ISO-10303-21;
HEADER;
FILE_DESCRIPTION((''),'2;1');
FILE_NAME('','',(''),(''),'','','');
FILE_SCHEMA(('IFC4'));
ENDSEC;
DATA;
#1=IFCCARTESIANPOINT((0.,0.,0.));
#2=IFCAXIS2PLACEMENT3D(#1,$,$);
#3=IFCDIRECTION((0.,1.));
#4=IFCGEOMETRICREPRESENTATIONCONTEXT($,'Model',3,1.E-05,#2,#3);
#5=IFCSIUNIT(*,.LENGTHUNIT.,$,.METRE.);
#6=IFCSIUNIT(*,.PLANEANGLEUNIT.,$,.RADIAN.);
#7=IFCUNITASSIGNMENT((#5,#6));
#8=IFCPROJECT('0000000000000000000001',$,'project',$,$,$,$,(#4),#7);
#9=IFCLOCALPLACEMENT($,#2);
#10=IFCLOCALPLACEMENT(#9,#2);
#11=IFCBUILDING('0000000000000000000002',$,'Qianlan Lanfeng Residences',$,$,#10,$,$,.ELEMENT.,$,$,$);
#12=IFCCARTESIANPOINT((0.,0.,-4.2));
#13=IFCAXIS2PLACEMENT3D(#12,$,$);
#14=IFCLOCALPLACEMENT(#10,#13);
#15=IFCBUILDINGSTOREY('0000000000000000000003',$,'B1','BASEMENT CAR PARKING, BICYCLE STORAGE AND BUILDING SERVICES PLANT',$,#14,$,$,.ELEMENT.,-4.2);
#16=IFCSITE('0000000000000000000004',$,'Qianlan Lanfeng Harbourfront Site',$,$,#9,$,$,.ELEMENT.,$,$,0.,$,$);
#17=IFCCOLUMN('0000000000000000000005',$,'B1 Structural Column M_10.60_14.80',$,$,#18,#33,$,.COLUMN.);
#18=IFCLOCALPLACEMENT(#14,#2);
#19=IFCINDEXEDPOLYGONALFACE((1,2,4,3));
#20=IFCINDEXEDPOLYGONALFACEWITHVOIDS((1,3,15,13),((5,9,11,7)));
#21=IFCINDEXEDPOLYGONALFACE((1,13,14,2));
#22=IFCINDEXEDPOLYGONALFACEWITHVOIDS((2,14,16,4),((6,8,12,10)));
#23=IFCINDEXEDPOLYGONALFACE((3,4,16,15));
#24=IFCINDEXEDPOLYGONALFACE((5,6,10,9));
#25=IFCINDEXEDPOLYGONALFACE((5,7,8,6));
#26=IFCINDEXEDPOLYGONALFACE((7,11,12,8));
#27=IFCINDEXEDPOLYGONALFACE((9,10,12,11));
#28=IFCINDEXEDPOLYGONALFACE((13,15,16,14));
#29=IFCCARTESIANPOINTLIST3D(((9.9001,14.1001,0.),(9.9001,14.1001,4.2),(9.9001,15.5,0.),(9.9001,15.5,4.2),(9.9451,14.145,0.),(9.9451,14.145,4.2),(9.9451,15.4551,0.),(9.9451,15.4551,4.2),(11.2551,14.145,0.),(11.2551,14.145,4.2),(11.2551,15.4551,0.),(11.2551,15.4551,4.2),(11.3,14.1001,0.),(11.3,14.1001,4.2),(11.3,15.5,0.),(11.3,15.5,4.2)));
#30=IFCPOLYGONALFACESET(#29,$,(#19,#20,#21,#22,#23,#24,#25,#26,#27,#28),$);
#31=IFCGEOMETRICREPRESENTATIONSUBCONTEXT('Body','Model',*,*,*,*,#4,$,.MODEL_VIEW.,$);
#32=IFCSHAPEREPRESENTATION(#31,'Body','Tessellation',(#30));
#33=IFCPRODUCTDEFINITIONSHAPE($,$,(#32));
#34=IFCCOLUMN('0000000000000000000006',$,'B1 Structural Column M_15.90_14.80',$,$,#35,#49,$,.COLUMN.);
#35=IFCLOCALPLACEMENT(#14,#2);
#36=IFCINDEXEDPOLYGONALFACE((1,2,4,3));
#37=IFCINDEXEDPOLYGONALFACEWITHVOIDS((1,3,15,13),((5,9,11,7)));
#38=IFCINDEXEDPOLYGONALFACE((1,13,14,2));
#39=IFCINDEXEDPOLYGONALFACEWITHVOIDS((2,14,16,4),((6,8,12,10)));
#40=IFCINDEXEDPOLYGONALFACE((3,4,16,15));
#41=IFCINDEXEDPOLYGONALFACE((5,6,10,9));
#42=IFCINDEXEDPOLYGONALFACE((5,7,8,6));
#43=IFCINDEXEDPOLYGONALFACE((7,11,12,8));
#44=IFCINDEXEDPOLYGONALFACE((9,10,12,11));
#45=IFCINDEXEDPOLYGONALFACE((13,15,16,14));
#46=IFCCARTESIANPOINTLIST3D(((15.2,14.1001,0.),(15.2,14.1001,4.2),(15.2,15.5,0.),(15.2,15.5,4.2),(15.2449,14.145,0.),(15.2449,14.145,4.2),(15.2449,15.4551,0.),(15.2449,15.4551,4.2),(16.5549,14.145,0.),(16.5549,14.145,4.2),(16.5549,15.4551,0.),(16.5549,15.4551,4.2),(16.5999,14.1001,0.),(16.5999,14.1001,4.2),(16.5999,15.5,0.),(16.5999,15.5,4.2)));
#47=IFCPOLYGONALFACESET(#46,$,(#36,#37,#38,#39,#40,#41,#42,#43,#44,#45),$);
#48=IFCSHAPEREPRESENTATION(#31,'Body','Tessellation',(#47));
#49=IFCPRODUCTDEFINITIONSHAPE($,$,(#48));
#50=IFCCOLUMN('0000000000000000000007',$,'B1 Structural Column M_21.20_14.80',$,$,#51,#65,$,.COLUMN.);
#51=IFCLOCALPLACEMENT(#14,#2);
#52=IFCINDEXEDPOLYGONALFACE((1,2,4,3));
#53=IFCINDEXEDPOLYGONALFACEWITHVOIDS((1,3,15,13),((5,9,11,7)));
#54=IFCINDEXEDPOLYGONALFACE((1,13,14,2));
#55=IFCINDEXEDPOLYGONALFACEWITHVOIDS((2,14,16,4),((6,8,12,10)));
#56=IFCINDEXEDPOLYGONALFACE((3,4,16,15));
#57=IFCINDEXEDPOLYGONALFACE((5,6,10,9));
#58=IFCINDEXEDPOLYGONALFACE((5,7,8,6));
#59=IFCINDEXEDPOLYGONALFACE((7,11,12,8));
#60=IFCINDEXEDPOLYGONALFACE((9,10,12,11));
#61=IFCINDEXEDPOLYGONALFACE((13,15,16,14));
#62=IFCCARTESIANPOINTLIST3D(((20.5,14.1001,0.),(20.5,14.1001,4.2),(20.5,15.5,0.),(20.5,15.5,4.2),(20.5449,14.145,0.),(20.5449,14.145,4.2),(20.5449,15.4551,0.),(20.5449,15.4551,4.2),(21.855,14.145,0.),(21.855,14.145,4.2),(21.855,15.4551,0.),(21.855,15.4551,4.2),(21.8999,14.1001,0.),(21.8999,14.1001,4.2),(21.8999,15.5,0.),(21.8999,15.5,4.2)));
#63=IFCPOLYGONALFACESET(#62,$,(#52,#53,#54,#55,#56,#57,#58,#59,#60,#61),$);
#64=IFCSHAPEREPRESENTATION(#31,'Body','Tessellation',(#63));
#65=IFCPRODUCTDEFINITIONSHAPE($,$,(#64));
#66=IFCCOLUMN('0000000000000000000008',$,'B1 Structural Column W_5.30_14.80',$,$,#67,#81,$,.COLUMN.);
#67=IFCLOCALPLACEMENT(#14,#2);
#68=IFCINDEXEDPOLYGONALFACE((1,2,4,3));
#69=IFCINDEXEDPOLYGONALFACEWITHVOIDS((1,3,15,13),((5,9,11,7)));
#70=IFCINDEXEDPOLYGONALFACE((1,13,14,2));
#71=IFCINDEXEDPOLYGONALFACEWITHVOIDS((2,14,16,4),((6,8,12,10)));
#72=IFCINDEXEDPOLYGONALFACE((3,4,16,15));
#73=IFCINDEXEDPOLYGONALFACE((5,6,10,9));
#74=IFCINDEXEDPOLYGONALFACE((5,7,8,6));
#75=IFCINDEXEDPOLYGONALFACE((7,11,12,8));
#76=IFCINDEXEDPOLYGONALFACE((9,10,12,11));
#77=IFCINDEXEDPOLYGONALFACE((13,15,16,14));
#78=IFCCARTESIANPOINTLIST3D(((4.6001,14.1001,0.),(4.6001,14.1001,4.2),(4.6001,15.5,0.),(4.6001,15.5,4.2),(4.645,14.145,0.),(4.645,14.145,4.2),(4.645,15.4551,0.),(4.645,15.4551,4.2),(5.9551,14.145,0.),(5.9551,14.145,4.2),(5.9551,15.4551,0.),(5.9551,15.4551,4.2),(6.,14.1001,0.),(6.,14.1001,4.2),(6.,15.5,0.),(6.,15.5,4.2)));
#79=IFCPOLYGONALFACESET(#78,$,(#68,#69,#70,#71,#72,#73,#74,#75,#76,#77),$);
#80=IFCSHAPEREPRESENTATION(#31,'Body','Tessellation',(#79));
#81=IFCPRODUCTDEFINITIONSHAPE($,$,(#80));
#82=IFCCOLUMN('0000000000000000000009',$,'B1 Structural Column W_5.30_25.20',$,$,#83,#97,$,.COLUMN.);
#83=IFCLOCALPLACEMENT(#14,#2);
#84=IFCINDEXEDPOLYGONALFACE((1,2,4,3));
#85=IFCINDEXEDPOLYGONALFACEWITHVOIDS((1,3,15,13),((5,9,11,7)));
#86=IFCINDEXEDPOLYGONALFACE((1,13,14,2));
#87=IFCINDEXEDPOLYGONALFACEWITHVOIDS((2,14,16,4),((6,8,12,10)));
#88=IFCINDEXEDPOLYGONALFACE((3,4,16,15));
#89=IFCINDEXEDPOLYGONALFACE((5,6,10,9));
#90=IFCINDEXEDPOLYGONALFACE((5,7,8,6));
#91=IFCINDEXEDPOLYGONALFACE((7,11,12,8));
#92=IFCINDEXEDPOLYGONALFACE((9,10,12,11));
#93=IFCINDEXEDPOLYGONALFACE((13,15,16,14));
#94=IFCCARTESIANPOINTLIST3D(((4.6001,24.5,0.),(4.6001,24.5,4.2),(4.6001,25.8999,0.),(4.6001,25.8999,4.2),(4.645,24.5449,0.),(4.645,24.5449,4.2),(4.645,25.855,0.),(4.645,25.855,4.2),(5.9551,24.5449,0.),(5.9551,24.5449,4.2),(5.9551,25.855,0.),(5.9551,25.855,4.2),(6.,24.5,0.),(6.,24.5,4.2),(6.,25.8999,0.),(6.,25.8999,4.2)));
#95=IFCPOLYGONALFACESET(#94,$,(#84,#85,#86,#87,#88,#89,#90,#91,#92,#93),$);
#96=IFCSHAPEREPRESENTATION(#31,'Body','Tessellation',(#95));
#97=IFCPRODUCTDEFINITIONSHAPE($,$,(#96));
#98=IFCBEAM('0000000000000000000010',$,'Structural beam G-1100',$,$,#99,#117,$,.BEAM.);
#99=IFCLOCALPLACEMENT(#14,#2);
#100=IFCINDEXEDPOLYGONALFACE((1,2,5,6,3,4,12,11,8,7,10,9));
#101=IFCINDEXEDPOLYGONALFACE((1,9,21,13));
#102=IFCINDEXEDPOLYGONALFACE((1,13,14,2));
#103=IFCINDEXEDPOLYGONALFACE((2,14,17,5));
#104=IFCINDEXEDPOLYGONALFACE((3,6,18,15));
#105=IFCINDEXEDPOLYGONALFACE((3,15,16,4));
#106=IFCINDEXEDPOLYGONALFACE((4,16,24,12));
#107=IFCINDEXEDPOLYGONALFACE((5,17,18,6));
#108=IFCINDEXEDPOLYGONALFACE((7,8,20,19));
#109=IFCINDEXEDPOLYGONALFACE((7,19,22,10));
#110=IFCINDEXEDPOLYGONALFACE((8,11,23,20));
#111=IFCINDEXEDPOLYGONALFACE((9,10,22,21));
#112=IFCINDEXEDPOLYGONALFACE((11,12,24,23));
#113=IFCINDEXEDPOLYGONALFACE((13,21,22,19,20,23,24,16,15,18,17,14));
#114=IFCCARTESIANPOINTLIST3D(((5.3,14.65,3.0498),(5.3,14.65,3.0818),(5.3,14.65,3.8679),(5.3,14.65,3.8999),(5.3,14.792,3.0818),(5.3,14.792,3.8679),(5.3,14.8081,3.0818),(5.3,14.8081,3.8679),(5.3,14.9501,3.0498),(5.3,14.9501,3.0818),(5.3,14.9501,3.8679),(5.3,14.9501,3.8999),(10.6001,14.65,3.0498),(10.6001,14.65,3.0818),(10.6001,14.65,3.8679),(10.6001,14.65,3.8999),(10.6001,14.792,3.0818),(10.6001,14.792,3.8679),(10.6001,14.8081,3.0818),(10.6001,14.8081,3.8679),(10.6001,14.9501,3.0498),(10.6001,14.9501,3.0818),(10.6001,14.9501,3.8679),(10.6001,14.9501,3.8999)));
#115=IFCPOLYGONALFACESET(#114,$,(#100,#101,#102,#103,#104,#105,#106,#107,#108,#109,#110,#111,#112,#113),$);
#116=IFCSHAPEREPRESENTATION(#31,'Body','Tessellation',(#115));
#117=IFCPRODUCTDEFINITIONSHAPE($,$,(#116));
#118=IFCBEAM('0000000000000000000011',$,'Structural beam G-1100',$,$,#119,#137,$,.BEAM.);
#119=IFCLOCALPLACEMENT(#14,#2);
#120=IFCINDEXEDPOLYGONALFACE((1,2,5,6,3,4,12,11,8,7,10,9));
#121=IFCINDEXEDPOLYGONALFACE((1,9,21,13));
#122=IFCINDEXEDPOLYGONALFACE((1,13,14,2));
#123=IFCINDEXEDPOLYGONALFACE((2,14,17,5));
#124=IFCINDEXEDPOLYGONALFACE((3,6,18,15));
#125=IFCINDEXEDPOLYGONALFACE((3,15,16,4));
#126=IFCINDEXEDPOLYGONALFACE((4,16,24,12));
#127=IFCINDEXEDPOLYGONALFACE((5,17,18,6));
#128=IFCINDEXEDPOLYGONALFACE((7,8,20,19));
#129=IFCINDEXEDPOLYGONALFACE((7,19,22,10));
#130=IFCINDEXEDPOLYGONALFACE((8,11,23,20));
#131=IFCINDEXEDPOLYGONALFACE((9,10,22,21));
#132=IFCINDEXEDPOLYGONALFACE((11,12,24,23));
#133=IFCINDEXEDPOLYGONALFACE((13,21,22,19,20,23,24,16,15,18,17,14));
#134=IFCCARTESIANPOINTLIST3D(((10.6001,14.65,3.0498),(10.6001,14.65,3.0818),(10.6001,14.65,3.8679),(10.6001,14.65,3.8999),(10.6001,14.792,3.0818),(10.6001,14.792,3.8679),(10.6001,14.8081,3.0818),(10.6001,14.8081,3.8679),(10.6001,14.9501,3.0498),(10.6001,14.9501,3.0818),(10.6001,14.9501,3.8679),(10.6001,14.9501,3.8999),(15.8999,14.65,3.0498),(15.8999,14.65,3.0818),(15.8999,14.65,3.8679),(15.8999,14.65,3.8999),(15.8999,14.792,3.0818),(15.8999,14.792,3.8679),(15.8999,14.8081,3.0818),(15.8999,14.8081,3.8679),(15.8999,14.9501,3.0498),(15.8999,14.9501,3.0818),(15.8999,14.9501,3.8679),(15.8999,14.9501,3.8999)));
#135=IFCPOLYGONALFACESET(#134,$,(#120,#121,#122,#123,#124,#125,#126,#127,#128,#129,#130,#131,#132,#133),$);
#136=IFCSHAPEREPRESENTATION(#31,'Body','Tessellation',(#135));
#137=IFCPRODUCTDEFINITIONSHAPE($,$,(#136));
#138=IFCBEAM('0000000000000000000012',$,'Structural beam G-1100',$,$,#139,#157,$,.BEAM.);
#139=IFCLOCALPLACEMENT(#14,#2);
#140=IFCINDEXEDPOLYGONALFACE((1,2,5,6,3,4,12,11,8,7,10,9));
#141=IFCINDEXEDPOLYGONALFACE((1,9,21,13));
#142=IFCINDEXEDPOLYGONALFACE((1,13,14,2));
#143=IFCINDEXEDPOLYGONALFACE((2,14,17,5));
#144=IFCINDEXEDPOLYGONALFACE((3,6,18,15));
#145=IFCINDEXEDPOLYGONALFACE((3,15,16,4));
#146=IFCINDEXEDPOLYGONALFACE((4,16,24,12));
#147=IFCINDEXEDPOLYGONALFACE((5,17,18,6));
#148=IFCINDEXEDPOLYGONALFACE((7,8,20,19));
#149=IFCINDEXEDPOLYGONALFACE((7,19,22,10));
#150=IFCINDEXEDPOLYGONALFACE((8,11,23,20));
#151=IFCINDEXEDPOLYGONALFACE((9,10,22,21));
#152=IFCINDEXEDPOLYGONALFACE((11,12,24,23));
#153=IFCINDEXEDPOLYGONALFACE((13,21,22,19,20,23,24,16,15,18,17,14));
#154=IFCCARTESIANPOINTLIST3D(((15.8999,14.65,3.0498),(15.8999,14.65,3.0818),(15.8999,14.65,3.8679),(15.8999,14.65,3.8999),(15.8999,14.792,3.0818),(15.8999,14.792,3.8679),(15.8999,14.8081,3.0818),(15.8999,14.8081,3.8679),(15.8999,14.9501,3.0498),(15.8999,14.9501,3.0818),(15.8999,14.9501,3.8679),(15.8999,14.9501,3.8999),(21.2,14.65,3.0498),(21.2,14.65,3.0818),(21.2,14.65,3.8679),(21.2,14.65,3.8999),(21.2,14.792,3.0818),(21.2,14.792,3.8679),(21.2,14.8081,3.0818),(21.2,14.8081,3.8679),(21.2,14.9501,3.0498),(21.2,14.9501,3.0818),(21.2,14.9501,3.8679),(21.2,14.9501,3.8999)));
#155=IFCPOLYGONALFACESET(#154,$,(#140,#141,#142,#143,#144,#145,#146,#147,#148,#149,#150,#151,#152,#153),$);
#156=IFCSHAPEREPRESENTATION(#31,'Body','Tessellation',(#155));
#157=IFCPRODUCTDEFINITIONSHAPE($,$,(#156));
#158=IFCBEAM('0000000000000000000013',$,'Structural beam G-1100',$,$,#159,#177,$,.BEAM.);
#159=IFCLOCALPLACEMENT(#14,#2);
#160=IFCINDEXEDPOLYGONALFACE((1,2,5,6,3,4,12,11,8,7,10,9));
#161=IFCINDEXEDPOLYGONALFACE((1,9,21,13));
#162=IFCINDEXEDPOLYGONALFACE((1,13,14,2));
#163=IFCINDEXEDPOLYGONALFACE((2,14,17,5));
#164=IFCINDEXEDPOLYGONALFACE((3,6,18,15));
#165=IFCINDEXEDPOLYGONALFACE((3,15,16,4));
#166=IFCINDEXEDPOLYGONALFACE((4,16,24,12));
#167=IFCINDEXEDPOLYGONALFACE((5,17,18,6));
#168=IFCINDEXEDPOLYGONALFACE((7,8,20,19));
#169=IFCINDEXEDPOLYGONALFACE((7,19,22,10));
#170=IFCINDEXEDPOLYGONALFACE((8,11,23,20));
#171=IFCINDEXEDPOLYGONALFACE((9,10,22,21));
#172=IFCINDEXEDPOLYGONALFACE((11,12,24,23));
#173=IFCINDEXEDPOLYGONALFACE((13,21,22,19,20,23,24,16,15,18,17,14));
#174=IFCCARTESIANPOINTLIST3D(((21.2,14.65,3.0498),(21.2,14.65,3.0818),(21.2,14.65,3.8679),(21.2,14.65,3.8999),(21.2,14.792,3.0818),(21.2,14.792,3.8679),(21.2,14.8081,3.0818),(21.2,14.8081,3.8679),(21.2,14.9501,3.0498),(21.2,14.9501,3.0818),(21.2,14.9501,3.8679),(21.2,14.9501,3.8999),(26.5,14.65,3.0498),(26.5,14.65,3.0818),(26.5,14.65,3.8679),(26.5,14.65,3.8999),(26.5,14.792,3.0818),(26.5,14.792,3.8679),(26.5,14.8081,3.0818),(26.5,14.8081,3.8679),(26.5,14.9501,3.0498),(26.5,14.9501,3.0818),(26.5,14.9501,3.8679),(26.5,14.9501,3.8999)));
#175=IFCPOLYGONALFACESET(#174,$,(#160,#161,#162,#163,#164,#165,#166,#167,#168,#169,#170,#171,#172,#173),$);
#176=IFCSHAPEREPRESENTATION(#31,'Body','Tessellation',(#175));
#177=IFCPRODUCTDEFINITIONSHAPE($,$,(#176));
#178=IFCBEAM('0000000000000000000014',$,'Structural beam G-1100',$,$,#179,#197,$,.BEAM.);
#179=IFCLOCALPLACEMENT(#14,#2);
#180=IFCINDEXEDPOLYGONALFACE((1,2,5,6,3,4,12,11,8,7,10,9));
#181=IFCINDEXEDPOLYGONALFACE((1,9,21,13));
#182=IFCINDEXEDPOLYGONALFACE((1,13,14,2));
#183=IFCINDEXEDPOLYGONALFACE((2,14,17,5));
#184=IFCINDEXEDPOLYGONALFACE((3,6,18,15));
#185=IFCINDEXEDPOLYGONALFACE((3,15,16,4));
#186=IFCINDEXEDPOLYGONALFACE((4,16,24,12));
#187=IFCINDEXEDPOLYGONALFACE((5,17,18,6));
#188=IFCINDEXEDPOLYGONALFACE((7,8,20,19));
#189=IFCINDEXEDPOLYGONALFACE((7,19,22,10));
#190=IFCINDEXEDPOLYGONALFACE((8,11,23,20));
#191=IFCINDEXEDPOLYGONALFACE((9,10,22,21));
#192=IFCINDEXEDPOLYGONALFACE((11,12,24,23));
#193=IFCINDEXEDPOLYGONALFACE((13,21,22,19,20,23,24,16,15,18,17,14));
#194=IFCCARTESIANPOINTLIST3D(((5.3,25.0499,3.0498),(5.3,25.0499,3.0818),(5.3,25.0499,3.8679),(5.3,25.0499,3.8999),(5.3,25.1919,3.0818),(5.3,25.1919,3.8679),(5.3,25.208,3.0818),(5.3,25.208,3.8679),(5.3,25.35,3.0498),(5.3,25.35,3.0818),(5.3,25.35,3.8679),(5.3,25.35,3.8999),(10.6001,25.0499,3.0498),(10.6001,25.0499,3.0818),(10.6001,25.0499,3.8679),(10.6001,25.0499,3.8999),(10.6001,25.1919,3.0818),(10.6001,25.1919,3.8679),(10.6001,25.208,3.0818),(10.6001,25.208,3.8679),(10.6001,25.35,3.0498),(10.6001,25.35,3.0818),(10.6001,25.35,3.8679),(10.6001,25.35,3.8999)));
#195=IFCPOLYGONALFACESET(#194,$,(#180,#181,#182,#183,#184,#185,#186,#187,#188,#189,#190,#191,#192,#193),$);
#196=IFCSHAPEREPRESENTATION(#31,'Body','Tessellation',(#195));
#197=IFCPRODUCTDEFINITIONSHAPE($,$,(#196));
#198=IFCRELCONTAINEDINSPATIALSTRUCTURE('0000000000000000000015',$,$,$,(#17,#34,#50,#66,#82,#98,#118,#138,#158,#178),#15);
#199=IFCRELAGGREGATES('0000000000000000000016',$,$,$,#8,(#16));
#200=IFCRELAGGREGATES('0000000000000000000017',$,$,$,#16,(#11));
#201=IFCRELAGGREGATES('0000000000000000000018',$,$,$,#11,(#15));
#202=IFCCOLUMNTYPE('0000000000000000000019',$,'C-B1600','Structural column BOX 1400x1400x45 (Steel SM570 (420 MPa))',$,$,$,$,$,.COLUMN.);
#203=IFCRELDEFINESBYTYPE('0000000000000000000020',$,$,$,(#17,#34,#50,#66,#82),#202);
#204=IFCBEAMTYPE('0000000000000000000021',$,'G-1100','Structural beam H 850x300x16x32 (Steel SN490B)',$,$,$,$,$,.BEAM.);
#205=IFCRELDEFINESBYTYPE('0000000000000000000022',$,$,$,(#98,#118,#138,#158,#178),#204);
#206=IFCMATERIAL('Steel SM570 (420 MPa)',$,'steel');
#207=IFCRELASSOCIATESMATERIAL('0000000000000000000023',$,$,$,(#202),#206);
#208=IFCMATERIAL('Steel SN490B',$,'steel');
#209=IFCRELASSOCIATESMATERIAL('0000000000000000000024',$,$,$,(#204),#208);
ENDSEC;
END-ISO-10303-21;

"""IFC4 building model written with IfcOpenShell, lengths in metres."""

from ifc_helpers import new_model, si_unit, direction, frame, origin, origin_2d, place, context, subcontext, project, spatial, hollow_rectangle, i_section, extrude, material, material_profile, profile_set, type_object, element, save


model = new_model("IFC4")

# Units and contexts
model_context = context("Model", 3, precision=1e-05, world=origin(), true_north=direction((0.0, 1.0)))
body_context = subcontext(model_context, "Body", "Model", "MODEL_VIEW")
ifc_project = project(units=[si_unit("LENGTHUNIT", "METRE"), si_unit("PLANEANGLEUNIT", "RADIAN")], contexts=[model_context])

# Site, building, storey
site_placement = place(None, origin())
site = spatial("IfcSite", under=ifc_project, at=site_placement, Name="Qianlan Lanfeng Harbourfront Site", CompositionType="ELEMENT", RefElevation=0.0)
building_placement = place(site_placement, origin())
building = spatial("IfcBuilding", under=site, at=building_placement, Name="Qianlan Lanfeng Residences", CompositionType="ELEMENT")
storey_placement = place(building_placement, frame((0.0, 0.0, -4.2)))
storey = spatial("IfcBuildingStorey", under=building, at=storey_placement, Name="B1", Description="BASEMENT CAR PARKING, BICYCLE STORAGE AND BUILDING SERVICES PLANT", CompositionType="ELEMENT", Elevation=-4.2)

# Columns
ifc_material_1 = material(Name="Steel SM570 (420 MPa)", Category="steel")
ifc_material_profile_1 = material_profile(ifc_material_1, hollow_rectangle(XDim=1.3999, YDim=1.3999, WallThickness=0.0449, at=origin_2d()), Name="BOX 1400x1400x45")
ifc_profile_set_1 = profile_set([ifc_material_profile_1], Name="Steel SM570 (420 MPa)")
column_type = type_object("IfcColumnType", Name="C-B1600", Description="Structural column BOX 1400x1400x45 (Steel SM570 (420 MPa))", PredefinedType="COLUMN", material=ifc_profile_set_1)
for number, where, z_axis, x_axis, name in (
    (1, (10.6001, 14.8, 0.0), (0.0, 0.0, 1.0), (1.0, 0.0, 0.0), "B1 Structural Column M_10.60_14.80"),
    (2, (15.8999, 14.8, 0.0), (0.0, 0.0, 1.0), (1.0, 0.0, 0.0), "B1 Structural Column M_15.90_14.80"),
    (3, (21.2, 14.8, 0.0), (0.0, 0.0, 1.0), (1.0, 0.0, 0.0), "B1 Structural Column M_21.20_14.80"),
    (4, (5.3, 14.8, 0.0), (0.0, 0.0, 1.0), (1.0, 0.0, 0.0), "B1 Structural Column W_5.30_14.80"),
    (5, (5.3, 25.2, 0.0), (0.0, 0.0, 1.0), (1.0, 0.0, 0.0), "B1 Structural Column W_5.30_25.20"),
):
    element("IfcColumn", number, at=place(storey_placement, frame(where, z_axis=z_axis, x_axis=x_axis)), inside=storey, type_object=column_type, Name=name, PredefinedType="COLUMN", context=body_context, shape_type="SweptSolid", body=[
        extrude(hollow_rectangle(XDim=1.3999, YDim=1.3999, WallThickness=0.0449, at=origin_2d()), origin(), (0.0, 0.0, 1.0), 4.2),
    ])

# Beams
ifc_material_2 = material(Name="Steel SN490B", Category="steel")
ifc_material_profile_2 = material_profile(ifc_material_2, i_section(OverallWidth=0.3, OverallDepth=0.8501, WebThickness=0.0161, FlangeThickness=0.032, at=origin_2d()), Name="H 850x300x16x32")
ifc_profile_set_2 = profile_set([ifc_material_profile_2], Name="Steel SN490B")
beam_type_1 = type_object("IfcBeamType", Name="G-1100", Description="Structural beam H 850x300x16x32 (Steel SN490B)", PredefinedType="BEAM", material=ifc_profile_set_2)
beam_1_placement = place(storey_placement, frame((5.3, 14.8, 3.4749), z_axis=(1.0, 0.0, 0.0), x_axis=(0.0, 1.0, 0.0)))
element("IfcBeam", 6, at=beam_1_placement, inside=storey, type_object=beam_type_1, Name="Structural beam G-1100", PredefinedType="BEAM", context=body_context, shape_type="SweptSolid", body=[
    extrude(i_section(OverallWidth=0.3, OverallDepth=0.8501, WebThickness=0.0161, FlangeThickness=0.032, at=origin_2d()), origin(), (0.0, 0.0, 1.0), 5.3),
])
beam_2_placement = place(storey_placement, frame((10.6001, 14.8, 3.4749), z_axis=(1.0, 0.0, 0.0), x_axis=(0.0, 1.0, 0.0)))
element("IfcBeam", 7, at=beam_2_placement, inside=storey, type_object=beam_type_1, Name="Structural beam G-1100", PredefinedType="BEAM", context=body_context, shape_type="SweptSolid", body=[
    extrude(i_section(OverallWidth=0.3, OverallDepth=0.8501, WebThickness=0.0161, FlangeThickness=0.032, at=origin_2d()), origin(), (0.0, 0.0, 1.0), 5.2998),
])
for number, where, z_axis, x_axis, name in (
    (8, (15.8999, 14.8, 3.4749), (1.0, 0.0, 0.0), (0.0, 1.0, 0.0), "Structural beam G-1100"),
    (9, (21.2, 14.8, 3.4749), (1.0, 0.0, 0.0), (0.0, 1.0, 0.0), "Structural beam G-1100"),
    (10, (5.3, 25.2, 3.4749), (1.0, 0.0, 0.0), (0.0, 1.0, 0.0), "Structural beam G-1100"),
):
    element("IfcBeam", number, at=place(storey_placement, frame(where, z_axis=z_axis, x_axis=x_axis)), inside=storey, type_object=beam_type_1, Name=name, PredefinedType="BEAM", context=body_context, shape_type="SweptSolid", body=[
        extrude(i_section(OverallWidth=0.3, OverallDepth=0.8501, WebThickness=0.0161, FlangeThickness=0.032, at=origin_2d()), origin(), (0.0, 0.0, 1.0), 5.3),
    ])

save(model, "model.ifc")
